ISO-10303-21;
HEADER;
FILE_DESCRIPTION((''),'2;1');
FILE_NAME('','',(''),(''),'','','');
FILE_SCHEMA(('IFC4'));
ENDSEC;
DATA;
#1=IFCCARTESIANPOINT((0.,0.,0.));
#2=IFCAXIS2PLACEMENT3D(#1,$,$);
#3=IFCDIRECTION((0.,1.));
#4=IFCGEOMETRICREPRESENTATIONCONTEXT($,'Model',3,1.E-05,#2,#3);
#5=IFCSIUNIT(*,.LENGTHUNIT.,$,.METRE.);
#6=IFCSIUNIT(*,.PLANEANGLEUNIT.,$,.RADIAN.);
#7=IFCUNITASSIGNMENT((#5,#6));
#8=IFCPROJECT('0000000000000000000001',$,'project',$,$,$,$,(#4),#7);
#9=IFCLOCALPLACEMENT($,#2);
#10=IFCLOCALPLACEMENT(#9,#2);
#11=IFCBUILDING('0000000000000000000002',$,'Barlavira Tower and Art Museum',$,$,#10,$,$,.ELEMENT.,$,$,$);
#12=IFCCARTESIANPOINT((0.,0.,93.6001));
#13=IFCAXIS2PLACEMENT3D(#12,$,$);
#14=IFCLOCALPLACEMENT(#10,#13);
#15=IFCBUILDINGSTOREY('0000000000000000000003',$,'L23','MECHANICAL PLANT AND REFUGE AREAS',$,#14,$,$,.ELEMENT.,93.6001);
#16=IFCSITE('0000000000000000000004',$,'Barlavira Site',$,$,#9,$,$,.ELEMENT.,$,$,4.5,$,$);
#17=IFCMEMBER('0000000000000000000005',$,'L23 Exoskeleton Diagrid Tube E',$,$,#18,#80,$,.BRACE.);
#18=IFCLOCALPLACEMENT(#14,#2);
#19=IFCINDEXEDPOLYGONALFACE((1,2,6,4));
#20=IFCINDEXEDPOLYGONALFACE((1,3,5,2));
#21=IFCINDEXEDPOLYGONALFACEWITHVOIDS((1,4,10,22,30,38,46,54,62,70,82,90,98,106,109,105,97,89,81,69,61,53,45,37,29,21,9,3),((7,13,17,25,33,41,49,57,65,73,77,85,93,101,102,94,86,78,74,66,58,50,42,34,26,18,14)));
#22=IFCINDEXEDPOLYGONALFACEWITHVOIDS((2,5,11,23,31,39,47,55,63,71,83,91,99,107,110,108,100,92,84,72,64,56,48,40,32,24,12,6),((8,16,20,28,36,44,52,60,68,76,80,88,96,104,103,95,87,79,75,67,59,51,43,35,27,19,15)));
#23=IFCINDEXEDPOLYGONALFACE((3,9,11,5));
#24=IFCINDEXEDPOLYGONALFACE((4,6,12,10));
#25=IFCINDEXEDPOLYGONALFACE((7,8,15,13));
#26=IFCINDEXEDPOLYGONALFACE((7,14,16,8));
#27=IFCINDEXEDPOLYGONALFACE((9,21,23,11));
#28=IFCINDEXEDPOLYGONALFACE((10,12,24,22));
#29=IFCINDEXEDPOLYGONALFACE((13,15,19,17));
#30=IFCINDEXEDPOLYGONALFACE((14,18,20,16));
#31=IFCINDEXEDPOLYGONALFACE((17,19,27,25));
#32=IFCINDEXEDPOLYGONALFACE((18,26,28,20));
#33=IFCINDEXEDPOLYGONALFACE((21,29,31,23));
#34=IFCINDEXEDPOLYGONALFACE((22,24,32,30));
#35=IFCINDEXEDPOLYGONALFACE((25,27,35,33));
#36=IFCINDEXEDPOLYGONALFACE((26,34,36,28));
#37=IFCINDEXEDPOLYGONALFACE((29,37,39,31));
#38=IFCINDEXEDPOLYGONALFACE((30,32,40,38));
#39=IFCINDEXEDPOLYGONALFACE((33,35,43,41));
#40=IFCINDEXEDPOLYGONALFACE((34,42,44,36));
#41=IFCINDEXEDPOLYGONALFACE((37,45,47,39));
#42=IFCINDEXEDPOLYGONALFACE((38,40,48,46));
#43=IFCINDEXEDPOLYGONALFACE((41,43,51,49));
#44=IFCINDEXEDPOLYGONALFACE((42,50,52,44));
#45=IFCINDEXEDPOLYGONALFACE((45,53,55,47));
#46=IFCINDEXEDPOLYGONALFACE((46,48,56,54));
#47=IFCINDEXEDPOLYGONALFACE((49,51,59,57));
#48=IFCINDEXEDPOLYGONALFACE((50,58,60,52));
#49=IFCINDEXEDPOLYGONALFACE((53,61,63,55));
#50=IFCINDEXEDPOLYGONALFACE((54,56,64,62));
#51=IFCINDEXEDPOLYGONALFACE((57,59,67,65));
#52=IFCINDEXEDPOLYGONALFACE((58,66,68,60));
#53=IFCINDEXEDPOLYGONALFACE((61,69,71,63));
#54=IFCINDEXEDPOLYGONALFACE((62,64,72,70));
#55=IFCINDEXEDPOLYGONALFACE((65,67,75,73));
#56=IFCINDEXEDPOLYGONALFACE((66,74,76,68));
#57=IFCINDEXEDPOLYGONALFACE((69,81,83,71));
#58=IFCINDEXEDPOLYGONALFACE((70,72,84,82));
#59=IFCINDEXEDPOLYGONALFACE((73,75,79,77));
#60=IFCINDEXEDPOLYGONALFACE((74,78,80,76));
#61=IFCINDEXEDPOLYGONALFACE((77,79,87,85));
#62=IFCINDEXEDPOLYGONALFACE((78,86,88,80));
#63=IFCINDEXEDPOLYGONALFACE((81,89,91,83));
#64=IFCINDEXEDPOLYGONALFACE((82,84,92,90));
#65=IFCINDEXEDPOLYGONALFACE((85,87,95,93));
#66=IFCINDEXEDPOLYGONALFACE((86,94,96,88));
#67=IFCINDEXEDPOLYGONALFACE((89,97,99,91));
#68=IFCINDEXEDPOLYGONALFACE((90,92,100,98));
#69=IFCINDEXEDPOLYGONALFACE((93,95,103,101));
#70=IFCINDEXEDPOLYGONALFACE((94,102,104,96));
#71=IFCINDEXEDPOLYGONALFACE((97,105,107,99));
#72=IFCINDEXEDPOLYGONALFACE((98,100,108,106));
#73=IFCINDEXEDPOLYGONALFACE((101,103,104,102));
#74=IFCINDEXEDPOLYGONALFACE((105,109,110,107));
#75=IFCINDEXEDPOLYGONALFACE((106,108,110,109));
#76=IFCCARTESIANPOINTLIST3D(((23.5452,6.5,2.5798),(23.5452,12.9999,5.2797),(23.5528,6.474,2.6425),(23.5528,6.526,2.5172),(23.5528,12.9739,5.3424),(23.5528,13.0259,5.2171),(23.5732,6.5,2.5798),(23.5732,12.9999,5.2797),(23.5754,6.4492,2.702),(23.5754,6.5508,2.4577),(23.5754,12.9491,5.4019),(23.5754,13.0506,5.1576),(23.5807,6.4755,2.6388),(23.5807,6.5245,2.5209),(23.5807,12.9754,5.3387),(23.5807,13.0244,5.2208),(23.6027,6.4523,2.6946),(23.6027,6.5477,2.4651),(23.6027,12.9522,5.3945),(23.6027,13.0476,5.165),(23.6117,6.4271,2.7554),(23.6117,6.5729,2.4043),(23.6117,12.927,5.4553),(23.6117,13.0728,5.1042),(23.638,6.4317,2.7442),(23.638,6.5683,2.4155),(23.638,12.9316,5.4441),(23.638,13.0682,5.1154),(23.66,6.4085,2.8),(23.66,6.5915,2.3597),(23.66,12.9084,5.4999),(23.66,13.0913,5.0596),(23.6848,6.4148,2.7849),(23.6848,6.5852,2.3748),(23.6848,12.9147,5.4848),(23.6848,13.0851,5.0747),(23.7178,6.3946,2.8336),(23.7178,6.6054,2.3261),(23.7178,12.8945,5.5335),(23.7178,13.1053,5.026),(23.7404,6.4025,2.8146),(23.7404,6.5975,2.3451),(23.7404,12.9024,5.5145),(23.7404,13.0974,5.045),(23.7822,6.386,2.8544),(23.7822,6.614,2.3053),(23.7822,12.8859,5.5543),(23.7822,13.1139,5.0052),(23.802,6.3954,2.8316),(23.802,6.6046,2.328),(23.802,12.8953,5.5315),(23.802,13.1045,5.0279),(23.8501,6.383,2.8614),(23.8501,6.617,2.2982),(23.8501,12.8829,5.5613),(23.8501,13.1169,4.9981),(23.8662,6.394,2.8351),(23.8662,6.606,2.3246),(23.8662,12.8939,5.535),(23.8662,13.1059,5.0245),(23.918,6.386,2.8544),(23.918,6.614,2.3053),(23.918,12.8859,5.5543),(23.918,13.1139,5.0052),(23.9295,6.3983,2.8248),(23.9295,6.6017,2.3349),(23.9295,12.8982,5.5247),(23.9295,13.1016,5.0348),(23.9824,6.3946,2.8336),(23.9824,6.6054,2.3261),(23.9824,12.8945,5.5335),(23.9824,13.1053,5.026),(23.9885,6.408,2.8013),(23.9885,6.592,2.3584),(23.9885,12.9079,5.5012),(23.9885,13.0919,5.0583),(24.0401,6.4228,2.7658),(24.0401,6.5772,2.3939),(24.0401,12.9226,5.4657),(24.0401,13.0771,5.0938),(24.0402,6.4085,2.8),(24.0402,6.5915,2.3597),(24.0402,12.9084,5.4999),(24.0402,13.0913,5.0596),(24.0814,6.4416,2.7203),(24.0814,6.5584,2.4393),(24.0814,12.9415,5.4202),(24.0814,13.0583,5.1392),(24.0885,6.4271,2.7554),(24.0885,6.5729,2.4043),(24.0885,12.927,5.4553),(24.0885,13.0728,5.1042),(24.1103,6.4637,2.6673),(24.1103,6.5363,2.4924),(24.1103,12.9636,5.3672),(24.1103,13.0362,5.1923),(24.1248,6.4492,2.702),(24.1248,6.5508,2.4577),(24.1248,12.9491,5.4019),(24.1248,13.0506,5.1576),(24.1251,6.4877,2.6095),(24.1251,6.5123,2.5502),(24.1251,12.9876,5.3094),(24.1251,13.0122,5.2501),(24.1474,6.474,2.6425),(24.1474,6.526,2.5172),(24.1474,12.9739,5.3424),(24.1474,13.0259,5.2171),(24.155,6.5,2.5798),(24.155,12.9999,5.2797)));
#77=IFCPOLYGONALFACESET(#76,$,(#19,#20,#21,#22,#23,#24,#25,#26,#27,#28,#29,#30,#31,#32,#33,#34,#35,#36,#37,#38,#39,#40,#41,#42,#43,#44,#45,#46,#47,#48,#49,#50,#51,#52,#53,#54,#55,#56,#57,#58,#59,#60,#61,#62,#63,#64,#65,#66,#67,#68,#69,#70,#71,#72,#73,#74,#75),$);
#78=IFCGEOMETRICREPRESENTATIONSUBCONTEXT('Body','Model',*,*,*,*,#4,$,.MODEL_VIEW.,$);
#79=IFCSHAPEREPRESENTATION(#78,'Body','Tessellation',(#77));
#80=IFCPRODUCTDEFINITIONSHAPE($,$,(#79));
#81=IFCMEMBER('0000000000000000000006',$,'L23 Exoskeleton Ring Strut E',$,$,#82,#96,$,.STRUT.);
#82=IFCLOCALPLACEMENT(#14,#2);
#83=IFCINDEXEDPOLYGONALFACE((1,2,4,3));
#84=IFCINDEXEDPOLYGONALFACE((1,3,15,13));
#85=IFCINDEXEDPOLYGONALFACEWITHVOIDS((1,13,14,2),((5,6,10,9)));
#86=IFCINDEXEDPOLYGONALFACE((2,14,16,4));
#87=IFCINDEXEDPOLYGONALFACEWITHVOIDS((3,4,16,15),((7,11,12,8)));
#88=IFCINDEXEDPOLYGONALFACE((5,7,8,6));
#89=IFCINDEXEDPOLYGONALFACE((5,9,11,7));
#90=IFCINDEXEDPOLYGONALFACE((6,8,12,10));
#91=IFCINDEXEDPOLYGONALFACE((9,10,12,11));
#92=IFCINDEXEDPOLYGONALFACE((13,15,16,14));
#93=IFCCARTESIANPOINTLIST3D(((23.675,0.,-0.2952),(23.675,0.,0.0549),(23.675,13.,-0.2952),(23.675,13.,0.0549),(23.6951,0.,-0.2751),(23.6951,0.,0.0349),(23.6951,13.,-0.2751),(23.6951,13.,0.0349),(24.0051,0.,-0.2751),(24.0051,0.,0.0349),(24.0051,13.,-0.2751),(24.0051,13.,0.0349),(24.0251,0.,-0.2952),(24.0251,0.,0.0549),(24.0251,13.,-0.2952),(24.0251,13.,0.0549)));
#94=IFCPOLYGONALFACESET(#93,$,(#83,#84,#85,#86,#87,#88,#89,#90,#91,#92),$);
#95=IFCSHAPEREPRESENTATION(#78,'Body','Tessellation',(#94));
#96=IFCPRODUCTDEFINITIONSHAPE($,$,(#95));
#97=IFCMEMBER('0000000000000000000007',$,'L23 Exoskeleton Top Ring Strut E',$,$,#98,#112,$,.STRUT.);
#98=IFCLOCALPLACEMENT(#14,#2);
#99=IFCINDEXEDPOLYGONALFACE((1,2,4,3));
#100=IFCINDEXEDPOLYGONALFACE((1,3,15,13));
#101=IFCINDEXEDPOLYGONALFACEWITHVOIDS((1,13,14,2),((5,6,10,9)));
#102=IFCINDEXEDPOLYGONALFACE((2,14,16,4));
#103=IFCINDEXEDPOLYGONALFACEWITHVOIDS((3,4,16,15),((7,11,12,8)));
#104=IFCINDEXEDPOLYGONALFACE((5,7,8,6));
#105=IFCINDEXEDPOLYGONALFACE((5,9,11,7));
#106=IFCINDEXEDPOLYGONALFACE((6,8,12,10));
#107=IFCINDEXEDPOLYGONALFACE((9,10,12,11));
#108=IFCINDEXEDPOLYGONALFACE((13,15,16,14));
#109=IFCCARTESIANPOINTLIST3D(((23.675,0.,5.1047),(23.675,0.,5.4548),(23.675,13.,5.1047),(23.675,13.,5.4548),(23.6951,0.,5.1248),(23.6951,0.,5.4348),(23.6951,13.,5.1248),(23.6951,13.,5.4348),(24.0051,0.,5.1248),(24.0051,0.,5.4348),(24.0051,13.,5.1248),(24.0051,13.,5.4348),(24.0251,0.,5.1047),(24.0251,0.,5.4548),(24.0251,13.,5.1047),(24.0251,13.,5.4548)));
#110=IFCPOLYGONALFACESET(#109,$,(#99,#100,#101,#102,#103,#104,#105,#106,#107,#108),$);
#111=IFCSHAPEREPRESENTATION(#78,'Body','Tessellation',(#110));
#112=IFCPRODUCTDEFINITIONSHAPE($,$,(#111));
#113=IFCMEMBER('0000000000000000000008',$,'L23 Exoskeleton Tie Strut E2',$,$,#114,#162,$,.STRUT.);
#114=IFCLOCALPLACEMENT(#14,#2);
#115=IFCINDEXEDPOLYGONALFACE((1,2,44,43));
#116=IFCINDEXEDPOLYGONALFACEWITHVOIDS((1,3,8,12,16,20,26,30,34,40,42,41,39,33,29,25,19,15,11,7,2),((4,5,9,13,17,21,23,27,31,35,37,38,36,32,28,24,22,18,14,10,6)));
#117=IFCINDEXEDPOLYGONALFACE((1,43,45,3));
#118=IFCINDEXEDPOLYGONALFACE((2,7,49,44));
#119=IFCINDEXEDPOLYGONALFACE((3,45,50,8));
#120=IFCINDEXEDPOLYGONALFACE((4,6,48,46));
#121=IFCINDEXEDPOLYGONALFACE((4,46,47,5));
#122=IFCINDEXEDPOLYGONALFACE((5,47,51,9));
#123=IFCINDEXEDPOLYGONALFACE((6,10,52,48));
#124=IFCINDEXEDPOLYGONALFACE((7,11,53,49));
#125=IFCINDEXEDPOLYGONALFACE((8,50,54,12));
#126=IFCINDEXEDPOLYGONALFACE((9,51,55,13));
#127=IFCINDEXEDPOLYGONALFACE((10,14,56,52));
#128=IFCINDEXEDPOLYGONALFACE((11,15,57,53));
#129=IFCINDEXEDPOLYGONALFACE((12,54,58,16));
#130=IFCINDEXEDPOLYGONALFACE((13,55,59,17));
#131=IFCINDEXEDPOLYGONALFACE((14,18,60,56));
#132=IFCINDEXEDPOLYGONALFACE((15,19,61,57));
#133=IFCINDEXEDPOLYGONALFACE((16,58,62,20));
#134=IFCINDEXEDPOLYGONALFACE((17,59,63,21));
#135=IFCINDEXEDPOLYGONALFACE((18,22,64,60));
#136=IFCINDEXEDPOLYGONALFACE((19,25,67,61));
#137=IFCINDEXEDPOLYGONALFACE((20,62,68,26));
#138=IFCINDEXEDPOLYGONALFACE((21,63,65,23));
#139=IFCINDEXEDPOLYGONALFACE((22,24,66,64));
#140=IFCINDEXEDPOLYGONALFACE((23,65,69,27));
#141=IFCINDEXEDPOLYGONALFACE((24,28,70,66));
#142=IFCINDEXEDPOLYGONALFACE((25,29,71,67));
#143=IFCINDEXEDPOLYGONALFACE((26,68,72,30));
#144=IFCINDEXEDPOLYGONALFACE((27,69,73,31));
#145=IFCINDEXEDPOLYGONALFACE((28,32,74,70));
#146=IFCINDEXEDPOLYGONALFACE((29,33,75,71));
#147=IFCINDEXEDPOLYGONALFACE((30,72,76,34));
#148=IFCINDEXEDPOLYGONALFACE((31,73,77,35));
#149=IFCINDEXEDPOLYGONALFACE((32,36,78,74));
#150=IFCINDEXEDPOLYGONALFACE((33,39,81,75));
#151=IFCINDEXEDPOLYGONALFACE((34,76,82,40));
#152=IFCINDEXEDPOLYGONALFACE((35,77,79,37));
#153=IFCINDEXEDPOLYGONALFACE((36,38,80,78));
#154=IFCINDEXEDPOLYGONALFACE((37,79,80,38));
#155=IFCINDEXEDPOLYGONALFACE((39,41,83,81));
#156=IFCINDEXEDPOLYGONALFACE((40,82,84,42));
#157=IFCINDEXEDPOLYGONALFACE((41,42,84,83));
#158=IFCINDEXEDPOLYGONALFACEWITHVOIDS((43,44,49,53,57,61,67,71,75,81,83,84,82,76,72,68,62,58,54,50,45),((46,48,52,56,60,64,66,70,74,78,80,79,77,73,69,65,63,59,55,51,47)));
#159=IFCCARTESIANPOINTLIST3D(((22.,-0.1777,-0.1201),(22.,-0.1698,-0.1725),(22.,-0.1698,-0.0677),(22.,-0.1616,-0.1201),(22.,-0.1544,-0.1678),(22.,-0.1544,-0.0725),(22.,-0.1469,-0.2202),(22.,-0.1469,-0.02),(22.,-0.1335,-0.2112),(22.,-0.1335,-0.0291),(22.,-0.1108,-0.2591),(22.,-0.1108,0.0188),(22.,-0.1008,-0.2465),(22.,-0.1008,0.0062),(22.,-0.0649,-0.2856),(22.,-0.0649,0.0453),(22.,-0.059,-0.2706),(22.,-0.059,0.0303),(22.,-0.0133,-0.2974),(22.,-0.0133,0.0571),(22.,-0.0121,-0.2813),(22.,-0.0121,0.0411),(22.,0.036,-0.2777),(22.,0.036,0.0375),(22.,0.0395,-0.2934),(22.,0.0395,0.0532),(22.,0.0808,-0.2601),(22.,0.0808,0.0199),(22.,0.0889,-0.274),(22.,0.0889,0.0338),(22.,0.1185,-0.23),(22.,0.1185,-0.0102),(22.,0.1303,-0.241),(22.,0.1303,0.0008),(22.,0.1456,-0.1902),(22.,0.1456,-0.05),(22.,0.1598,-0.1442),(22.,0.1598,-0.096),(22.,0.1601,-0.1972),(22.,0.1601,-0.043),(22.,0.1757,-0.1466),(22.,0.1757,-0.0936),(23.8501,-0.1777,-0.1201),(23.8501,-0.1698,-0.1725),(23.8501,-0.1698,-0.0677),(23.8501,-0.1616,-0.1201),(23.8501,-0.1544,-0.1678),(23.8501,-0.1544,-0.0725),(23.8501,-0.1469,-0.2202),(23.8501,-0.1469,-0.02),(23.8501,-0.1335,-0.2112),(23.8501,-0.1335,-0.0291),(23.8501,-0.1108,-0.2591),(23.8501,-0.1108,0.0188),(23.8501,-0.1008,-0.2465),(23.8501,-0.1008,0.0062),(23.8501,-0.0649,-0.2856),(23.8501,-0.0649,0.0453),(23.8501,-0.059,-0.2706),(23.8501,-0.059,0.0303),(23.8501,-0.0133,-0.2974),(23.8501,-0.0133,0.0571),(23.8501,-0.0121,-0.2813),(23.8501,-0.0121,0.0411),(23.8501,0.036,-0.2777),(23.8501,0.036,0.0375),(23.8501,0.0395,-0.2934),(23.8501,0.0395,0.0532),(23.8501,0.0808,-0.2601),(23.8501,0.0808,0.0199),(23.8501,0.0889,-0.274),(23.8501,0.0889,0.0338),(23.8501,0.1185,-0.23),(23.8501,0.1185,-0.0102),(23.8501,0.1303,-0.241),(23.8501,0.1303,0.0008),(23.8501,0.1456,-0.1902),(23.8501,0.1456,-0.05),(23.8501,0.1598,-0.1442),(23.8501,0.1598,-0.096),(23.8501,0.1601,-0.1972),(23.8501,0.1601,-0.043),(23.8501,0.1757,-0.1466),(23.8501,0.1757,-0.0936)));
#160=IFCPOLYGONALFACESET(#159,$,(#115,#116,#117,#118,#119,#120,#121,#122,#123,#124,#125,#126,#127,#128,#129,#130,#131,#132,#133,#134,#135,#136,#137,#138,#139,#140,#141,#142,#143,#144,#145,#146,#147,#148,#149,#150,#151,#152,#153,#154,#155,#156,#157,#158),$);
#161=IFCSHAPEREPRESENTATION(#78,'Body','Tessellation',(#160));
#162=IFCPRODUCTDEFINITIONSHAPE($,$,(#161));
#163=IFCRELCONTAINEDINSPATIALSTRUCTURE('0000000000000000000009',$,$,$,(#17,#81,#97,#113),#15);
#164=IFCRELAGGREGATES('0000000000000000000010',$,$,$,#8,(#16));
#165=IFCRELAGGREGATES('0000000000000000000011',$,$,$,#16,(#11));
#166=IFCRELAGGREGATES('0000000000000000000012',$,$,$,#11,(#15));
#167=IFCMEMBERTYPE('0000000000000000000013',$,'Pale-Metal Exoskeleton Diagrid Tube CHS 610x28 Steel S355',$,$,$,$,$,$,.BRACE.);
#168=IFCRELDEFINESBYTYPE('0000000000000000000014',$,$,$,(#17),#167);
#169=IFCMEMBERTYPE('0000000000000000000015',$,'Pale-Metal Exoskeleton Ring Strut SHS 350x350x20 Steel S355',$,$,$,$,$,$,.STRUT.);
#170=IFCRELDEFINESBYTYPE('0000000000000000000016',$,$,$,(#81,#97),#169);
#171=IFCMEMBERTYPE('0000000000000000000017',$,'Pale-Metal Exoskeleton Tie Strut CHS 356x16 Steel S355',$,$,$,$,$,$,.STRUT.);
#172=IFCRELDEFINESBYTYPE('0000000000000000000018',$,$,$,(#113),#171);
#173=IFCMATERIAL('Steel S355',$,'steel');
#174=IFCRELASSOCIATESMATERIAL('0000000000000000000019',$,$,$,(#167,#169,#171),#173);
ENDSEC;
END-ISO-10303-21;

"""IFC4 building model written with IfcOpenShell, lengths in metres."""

from ifc_helpers import new_model, si_unit, direction, frame, origin, origin_2d, place, context, subcontext, project, spatial, hollow_rectangle, hollow_circle, extrude, material, material_profile, profile_set, type_object, element, save


model = new_model("IFC4")

# Units and contexts
model_context = context("Model", 3, precision=1e-05, world=origin(), true_north=direction((0.0, 1.0)))
body_context = subcontext(model_context, "Body", "Model", "MODEL_VIEW")
ifc_project = project(units=[si_unit("LENGTHUNIT", "METRE"), si_unit("PLANEANGLEUNIT", "RADIAN")], contexts=[model_context])

# Site, building, storey
site_placement = place(None, origin())
site = spatial("IfcSite", under=ifc_project, at=site_placement, Name="Barlavira Site", CompositionType="ELEMENT", RefElevation=4.5)
building_placement = place(site_placement, origin())
building = spatial("IfcBuilding", under=site, at=building_placement, Name="Barlavira Tower and Art Museum", CompositionType="ELEMENT")
storey_placement = place(building_placement, frame((0.0, 0.0, 93.6001)))
storey = spatial("IfcBuildingStorey", under=building, at=storey_placement, Name="L23", Description="MECHANICAL PLANT AND REFUGE AREAS", CompositionType="ELEMENT", Elevation=93.6001)

# Members
ifc_material_1 = material(Name="Steel S355", Category="steel")
ifc_material_profile_1 = material_profile(ifc_material_1, hollow_circle(Radius=0.3049, WallThickness=0.0281, at=origin_2d()), Name="CHS 610.0x28.0")
ifc_profile_set_1 = profile_set([ifc_material_profile_1], Name="Steel S355")
member_type_1 = type_object("IfcMemberType", Name="Pale-Metal Exoskeleton Diagrid Tube CHS 610x28 Steel S355", PredefinedType="BRACE", material=ifc_profile_set_1)
for number, where, z_axis, x_axis, name in (
    (1, (23.8501, 6.5, 2.5798), (0.0, 0.923499, 0.3836), (-1.0, 0.0, 0.0), "L23 Exoskeleton Diagrid Tube E"),
):
    element("IfcMember", number, at=place(storey_placement, frame(where, z_axis=z_axis, x_axis=x_axis)), inside=storey, type_object=member_type_1, Name=name, PredefinedType="BRACE", context=body_context, shape_type="SweptSolid", body=[
        extrude(hollow_circle(Radius=0.3049, WallThickness=0.0281, at=origin_2d()), origin(), (0.0, 0.0, 1.0), 7.0383),
    ])
ifc_material_profile_2 = material_profile(ifc_material_1, hollow_rectangle(XDim=0.3501, YDim=0.3501, WallThickness=0.02, at=origin_2d()), Name="SHS 350x350x20.0")
ifc_profile_set_2 = profile_set([ifc_material_profile_2], Name="Steel S355")
member_type_2 = type_object("IfcMemberType", Name="Pale-Metal Exoskeleton Ring Strut SHS 350x350x20 Steel S355", PredefinedType="STRUT", material=ifc_profile_set_2)
for number, where, z_axis, x_axis, name in (
    (2, (23.8501, 0.0, -0.1201), (0.0, 1.0, 0.0), (-1.0, 0.0, 0.0), "L23 Exoskeleton Ring Strut E"),
    (3, (23.8501, 0.0, 5.2798), (0.0, 1.0, 0.0), (-1.0, 0.0, 0.0), "L23 Exoskeleton Top Ring Strut E"),
):
    element("IfcMember", number, at=place(storey_placement, frame(where, z_axis=z_axis, x_axis=x_axis)), inside=storey, type_object=member_type_2, Name=name, PredefinedType="STRUT", context=body_context, shape_type="SweptSolid", body=[
        extrude(hollow_rectangle(XDim=0.3501, YDim=0.3501, WallThickness=0.02, at=origin_2d()), origin(), (0.0, 0.0, 1.0), 13.0),
    ])
ifc_material_profile_3 = material_profile(ifc_material_1, hollow_circle(Radius=0.1777, WallThickness=0.0161, at=origin_2d()), Name="CHS 355.6x16.0")
ifc_profile_set_3 = profile_set([ifc_material_profile_3], Name="Steel S355")
member_type_3 = type_object("IfcMemberType", Name="Pale-Metal Exoskeleton Tie Strut CHS 356x16 Steel S355", PredefinedType="STRUT", material=ifc_profile_set_3)
for number, where, z_axis, x_axis, name in (
    (4, (23.8501, 0.0, -0.1201), (-1.0, 0.0, 0.0), (0.0, -1.0, 0.0), "L23 Exoskeleton Tie Strut E2"),
):
    element("IfcMember", number, at=place(storey_placement, frame(where, z_axis=z_axis, x_axis=x_axis)), inside=storey, type_object=member_type_3, Name=name, PredefinedType="STRUT", context=body_context, shape_type="SweptSolid", body=[
        extrude(hollow_circle(Radius=0.1777, WallThickness=0.0161, at=origin_2d()), origin(), (0.0, 0.0, 1.0), 1.8501),
    ])

save(model, "model.ifc")
